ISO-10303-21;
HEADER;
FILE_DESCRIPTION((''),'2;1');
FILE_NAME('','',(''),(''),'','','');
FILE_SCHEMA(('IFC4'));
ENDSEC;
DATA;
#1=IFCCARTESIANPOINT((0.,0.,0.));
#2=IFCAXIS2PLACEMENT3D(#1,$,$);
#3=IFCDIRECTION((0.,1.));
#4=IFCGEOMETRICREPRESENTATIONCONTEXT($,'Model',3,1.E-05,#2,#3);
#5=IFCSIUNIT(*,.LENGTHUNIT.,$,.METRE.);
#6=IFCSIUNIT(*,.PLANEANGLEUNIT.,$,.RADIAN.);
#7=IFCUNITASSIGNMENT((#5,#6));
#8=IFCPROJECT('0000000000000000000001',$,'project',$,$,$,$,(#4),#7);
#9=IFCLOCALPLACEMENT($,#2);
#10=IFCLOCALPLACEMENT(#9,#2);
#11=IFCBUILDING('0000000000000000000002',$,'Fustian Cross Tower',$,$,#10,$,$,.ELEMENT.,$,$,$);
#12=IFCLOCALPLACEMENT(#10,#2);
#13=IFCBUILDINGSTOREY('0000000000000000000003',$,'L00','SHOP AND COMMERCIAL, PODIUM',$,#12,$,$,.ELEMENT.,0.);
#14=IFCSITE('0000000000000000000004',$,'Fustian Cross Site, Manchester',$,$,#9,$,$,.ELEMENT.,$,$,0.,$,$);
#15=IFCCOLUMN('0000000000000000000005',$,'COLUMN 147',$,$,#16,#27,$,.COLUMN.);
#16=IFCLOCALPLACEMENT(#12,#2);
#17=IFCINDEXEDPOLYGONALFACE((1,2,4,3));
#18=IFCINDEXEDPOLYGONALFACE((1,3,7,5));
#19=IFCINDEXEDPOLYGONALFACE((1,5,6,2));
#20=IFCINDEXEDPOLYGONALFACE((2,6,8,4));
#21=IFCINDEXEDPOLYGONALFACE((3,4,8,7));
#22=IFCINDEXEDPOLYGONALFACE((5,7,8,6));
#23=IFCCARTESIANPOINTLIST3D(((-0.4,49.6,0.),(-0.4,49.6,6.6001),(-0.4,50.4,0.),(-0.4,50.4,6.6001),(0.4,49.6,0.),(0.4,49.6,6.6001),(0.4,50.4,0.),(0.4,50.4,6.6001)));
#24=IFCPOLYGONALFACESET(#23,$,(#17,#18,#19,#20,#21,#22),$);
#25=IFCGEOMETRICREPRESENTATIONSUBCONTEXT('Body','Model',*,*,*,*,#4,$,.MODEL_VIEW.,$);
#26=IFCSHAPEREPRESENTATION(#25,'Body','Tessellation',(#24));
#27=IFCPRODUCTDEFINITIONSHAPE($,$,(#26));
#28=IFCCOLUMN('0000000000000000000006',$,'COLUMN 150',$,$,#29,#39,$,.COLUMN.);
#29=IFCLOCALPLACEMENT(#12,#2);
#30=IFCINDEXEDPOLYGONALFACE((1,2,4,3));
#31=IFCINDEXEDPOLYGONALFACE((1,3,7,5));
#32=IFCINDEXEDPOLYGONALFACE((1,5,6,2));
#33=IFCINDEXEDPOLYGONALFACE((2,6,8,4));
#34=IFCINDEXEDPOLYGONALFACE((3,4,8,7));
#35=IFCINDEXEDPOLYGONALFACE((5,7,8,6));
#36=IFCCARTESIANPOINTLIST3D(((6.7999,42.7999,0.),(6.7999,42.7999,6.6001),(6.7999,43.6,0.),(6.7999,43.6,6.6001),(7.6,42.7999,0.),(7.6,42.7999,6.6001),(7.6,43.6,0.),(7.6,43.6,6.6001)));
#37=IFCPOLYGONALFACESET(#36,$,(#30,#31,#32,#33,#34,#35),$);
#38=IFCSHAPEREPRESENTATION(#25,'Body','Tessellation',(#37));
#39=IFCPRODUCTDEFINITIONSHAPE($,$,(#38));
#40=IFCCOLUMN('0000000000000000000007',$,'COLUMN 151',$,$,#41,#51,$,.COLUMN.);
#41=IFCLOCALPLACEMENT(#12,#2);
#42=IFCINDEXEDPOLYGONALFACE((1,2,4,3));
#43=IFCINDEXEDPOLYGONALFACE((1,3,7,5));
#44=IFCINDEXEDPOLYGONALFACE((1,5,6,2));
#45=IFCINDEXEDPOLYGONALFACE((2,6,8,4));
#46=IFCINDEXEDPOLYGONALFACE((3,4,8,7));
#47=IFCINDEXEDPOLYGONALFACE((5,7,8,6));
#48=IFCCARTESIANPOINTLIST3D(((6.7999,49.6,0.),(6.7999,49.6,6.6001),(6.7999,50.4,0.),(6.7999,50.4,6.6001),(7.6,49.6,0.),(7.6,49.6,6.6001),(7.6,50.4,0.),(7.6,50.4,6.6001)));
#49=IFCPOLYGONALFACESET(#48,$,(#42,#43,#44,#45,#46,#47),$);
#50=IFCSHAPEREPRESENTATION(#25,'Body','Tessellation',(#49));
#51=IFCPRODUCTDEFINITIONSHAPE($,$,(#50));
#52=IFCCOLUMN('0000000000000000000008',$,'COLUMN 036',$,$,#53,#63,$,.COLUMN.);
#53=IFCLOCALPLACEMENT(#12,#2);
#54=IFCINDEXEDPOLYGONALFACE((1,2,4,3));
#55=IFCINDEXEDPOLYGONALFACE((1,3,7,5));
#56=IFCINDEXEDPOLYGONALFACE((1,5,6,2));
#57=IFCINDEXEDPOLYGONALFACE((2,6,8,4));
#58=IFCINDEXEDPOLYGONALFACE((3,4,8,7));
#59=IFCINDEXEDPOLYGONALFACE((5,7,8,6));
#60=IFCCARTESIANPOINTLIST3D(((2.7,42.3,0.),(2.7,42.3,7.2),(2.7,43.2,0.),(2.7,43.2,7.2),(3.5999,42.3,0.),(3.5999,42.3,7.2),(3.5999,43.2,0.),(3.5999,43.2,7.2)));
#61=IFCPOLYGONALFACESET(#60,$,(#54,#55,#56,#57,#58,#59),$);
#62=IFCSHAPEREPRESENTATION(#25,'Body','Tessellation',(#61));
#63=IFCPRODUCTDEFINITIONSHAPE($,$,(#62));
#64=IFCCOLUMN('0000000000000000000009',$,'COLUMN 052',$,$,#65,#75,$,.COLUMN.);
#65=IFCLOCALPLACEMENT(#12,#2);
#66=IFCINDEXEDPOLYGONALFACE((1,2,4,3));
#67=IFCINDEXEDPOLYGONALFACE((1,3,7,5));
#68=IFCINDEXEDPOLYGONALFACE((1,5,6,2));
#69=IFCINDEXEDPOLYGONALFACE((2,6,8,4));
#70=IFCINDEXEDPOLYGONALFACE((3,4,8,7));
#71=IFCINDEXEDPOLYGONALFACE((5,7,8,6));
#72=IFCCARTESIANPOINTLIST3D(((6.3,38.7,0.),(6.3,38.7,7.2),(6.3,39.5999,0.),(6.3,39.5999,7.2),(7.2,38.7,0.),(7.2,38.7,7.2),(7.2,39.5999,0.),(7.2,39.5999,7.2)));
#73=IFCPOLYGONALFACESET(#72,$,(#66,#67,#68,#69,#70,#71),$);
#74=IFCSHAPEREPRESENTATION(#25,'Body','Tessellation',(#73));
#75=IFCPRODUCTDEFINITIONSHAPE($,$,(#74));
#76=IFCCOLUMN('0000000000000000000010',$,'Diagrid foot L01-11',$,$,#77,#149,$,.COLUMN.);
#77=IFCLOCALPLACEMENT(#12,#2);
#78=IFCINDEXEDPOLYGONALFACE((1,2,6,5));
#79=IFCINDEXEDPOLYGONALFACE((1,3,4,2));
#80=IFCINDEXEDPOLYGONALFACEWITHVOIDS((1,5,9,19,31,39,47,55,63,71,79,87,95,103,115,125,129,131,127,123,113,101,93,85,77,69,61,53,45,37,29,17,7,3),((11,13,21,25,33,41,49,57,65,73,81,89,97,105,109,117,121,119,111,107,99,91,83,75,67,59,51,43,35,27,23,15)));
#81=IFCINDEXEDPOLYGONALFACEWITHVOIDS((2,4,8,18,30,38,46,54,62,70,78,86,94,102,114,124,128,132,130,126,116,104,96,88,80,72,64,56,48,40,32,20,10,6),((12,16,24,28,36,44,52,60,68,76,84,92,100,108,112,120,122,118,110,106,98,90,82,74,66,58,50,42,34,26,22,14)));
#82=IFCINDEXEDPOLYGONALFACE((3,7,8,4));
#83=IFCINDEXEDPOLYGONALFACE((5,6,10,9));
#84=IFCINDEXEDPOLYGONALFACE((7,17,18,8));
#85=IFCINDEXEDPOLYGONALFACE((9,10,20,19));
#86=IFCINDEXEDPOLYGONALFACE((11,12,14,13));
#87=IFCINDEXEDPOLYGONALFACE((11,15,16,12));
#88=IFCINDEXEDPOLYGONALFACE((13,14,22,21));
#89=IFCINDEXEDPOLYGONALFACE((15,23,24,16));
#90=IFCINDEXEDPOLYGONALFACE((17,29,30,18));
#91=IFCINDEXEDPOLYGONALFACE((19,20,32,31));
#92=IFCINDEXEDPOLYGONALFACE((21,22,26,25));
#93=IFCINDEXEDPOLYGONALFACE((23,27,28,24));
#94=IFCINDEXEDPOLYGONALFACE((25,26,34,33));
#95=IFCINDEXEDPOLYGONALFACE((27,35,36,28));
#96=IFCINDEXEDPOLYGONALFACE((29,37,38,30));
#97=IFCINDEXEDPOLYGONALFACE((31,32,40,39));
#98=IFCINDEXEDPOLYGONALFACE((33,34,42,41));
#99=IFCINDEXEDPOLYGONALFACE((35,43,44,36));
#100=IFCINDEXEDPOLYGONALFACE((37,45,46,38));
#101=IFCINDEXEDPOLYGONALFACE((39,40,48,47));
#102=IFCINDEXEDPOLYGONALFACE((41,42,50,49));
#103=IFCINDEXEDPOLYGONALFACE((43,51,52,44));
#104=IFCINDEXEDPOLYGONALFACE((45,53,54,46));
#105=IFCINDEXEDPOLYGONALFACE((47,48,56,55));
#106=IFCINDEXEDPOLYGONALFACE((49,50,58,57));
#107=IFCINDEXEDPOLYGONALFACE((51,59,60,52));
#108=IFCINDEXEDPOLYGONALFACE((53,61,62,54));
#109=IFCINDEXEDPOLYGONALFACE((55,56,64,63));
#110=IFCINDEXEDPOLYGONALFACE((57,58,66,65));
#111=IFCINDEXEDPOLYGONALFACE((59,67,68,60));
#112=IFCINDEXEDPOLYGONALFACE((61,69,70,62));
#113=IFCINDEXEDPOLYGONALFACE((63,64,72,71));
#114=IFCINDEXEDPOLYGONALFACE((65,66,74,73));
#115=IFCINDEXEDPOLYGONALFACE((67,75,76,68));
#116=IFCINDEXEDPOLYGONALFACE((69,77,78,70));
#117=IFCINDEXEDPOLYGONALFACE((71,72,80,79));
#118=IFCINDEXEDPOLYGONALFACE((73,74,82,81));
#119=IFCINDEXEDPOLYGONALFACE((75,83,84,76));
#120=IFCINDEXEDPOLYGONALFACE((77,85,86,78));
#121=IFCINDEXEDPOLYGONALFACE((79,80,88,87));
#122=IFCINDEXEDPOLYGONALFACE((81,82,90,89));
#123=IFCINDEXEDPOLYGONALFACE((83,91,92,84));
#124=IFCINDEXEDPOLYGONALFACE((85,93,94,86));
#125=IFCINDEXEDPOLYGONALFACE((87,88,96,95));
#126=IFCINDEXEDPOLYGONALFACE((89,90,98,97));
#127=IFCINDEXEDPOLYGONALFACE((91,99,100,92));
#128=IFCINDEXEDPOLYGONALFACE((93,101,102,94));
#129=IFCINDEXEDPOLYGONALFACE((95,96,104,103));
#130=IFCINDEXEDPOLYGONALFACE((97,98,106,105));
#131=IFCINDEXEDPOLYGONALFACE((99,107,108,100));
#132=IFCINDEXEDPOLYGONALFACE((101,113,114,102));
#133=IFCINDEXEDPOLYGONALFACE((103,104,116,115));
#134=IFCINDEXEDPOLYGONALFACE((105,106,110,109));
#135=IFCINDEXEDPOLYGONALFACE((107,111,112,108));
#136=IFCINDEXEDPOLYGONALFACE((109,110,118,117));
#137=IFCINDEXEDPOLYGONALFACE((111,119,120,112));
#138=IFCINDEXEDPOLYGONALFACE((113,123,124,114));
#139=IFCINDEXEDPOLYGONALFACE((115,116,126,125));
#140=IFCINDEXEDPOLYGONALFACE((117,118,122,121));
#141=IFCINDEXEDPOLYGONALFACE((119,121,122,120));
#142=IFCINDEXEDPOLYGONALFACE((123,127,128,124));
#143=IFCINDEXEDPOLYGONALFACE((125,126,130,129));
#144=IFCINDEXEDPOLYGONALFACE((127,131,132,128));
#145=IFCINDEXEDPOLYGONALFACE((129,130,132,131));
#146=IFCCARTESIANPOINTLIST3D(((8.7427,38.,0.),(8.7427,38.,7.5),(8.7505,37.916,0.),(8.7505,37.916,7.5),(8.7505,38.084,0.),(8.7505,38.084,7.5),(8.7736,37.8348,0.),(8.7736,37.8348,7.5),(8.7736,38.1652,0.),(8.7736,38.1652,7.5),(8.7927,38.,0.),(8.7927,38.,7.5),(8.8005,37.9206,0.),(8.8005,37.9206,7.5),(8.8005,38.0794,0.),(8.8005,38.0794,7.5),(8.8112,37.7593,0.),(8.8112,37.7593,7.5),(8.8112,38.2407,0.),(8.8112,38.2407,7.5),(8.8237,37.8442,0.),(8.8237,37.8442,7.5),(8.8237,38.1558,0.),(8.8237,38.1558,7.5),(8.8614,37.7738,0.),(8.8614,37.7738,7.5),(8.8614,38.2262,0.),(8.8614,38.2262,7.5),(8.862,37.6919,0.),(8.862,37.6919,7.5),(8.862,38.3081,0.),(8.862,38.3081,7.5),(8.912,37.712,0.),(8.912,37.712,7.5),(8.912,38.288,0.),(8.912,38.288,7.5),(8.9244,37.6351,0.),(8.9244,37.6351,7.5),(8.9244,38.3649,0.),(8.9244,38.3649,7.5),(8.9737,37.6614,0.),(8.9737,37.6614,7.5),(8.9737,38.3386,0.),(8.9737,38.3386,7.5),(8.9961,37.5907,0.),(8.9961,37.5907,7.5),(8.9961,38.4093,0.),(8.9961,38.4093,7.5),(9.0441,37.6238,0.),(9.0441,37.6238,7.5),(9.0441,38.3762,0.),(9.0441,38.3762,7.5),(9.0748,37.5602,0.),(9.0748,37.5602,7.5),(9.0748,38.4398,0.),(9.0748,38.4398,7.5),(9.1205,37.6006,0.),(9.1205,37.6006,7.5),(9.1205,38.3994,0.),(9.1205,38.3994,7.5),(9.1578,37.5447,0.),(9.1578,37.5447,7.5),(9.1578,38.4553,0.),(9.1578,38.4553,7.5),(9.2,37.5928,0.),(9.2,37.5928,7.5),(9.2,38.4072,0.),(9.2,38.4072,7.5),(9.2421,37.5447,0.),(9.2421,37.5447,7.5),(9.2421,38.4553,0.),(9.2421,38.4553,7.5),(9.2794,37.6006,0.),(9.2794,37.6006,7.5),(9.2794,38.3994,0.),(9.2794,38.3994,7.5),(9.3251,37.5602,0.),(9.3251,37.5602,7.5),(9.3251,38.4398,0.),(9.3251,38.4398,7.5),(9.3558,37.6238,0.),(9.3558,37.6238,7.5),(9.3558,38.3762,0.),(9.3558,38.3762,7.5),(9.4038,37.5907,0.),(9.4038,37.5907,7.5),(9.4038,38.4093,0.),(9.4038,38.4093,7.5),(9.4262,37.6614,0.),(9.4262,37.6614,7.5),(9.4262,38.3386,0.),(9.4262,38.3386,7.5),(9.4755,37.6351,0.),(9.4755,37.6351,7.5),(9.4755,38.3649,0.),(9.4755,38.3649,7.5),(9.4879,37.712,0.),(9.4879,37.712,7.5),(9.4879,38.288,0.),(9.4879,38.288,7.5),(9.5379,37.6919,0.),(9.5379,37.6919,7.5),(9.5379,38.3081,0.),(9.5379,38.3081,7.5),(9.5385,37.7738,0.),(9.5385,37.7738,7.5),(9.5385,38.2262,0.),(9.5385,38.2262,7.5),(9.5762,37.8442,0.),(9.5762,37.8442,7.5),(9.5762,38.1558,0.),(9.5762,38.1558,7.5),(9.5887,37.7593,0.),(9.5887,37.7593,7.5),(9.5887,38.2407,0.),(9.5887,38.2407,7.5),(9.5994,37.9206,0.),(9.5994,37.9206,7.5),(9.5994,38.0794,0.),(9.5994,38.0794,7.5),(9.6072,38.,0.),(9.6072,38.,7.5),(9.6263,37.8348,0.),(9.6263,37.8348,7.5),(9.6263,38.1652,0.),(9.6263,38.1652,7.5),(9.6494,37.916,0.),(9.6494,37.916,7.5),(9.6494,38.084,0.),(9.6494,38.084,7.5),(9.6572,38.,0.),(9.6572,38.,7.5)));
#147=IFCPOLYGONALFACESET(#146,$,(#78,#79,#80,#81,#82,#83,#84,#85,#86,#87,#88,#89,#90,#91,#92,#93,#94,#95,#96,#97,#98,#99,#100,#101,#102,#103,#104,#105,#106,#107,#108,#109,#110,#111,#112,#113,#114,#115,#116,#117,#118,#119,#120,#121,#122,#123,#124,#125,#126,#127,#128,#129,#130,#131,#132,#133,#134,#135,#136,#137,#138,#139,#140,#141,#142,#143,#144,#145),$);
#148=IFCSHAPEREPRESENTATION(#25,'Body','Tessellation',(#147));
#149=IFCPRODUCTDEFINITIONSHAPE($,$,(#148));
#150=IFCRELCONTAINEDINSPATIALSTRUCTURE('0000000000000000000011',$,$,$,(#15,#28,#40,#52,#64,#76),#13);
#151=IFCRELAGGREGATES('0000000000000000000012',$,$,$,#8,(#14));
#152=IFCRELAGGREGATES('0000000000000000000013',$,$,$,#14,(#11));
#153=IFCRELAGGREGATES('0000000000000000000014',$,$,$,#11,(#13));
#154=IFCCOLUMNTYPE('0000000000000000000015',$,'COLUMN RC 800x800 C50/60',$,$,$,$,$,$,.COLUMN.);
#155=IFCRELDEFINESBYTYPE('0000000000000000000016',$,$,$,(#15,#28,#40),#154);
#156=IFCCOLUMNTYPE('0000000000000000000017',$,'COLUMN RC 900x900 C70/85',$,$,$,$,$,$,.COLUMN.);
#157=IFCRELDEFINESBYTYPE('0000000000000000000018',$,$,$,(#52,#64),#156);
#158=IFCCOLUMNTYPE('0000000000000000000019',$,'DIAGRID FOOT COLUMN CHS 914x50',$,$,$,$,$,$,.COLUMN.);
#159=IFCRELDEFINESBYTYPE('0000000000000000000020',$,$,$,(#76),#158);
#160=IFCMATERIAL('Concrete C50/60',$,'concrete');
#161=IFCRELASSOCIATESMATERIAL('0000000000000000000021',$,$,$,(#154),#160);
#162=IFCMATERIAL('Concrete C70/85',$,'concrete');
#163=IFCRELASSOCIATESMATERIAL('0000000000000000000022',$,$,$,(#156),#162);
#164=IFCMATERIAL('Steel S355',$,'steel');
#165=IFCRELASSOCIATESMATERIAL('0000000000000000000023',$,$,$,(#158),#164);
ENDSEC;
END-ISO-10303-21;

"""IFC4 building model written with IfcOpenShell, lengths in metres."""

from ifc_helpers import new_model, si_unit, direction, frame, origin, origin_2d, place, context, subcontext, project, spatial, rectangle, hollow_circle, extrude, material, material_profile, profile_set, type_object, element, save


model = new_model("IFC4")

# Units and contexts
model_context = context("Model", 3, precision=1e-05, world=origin(), true_north=direction((0.0, 1.0)))
body_context = subcontext(model_context, "Body", "Model", "MODEL_VIEW")
ifc_project = project(units=[si_unit("LENGTHUNIT", "METRE"), si_unit("PLANEANGLEUNIT", "RADIAN")], contexts=[model_context])

# Site, building, storey
site_placement = place(None, origin())
site = spatial("IfcSite", under=ifc_project, at=site_placement, Name="Fustian Cross Site, Manchester", CompositionType="ELEMENT", RefElevation=0.0)
building_placement = place(site_placement, origin())
building = spatial("IfcBuilding", under=site, at=building_placement, Name="Fustian Cross Tower", CompositionType="ELEMENT")
storey_placement = place(building_placement, origin())
storey = spatial("IfcBuildingStorey", under=building, at=storey_placement, Name="L00", Description="SHOP AND COMMERCIAL, PODIUM", CompositionType="ELEMENT", Elevation=0.0)

# Columns
ifc_material_1 = material(Name="Concrete C50/60", Category="concrete")
ifc_material_profile_1 = material_profile(ifc_material_1, rectangle(XDim=0.8, YDim=0.8, at=origin_2d()), Name="RC 800x800")
ifc_profile_set_1 = profile_set([ifc_material_profile_1], Name="Concrete C50/60")
column_type_1 = type_object("IfcColumnType", Name="COLUMN RC 800x800 C50/60", PredefinedType="COLUMN", material=ifc_profile_set_1)
for number, where, z_axis, x_axis, name in (
    (1, (0.0, 50.0, 0.0), (0.0, 0.0, 1.0), (1.0, 0.0, 0.0), "COLUMN 147"),
    (2, (7.2, 43.2, 0.0), (0.0, 0.0, 1.0), (1.0, 0.0, 0.0), "COLUMN 150"),
    (3, (7.2, 50.0, 0.0), (0.0, 0.0, 1.0), (1.0, 0.0, 0.0), "COLUMN 151"),
):
    element("IfcColumn", number, at=place(storey_placement, frame(where, z_axis=z_axis, x_axis=x_axis)), inside=storey, type_object=column_type_1, Name=name, PredefinedType="COLUMN", context=body_context, shape_type="SweptSolid", body=[
        extrude(rectangle(XDim=0.8, YDim=0.8, at=origin_2d()), origin(), (0.0, 0.0, 1.0), 6.6001),
    ])
ifc_material_2 = material(Name="Concrete C70/85", Category="concrete")
ifc_material_profile_2 = material_profile(ifc_material_2, rectangle(XDim=0.8999, YDim=0.8999, at=origin_2d()), Name="RC 900x900")
ifc_profile_set_2 = profile_set([ifc_material_profile_2], Name="Concrete C70/85")
column_type_2 = type_object("IfcColumnType", Name="COLUMN RC 900x900 C70/85", PredefinedType="COLUMN", material=ifc_profile_set_2)
for number, where, z_axis, x_axis, name in (
    (4, (3.1499, 42.75, 0.0), (0.0, 0.0, 1.0), (1.0, 0.0, 0.0), "COLUMN 036"),
    (5, (6.75, 39.1499, 0.0), (0.0, 0.0, 1.0), (1.0, 0.0, 0.0), "COLUMN 052"),
):
    element("IfcColumn", number, at=place(storey_placement, frame(where, z_axis=z_axis, x_axis=x_axis)), inside=storey, type_object=column_type_2, Name=name, PredefinedType="COLUMN", context=body_context, shape_type="SweptSolid", body=[
        extrude(rectangle(XDim=0.8999, YDim=0.8999, at=origin_2d()), origin(), (0.0, 0.0, 1.0), 7.2),
    ])
ifc_material_3 = material(Name="Steel S355", Category="steel")
ifc_material_profile_3 = material_profile(ifc_material_3, hollow_circle(Radius=0.4573, WallThickness=0.05, at=origin_2d()), Name="CHS 914x50")
ifc_profile_set_3 = profile_set([ifc_material_profile_3], Name="Steel S355")
column_type_3 = type_object("IfcColumnType", Name="DIAGRID FOOT COLUMN CHS 914x50", PredefinedType="COLUMN", material=ifc_profile_set_3)
for number, where, z_axis, x_axis, name in (
    (6, (9.2, 38.0, 0.0), (0.0, 0.0, 1.0), (1.0, 0.0, 0.0), "Diagrid foot L01-11"),
):
    element("IfcColumn", number, at=place(storey_placement, frame(where, z_axis=z_axis, x_axis=x_axis)), inside=storey, type_object=column_type_3, Name=name, PredefinedType="COLUMN", context=body_context, shape_type="SweptSolid", body=[
        extrude(hollow_circle(Radius=0.4573, WallThickness=0.05, at=origin_2d()), origin(), (0.0, 0.0, 1.0), 7.5),
    ])

save(model, "model.ifc")
